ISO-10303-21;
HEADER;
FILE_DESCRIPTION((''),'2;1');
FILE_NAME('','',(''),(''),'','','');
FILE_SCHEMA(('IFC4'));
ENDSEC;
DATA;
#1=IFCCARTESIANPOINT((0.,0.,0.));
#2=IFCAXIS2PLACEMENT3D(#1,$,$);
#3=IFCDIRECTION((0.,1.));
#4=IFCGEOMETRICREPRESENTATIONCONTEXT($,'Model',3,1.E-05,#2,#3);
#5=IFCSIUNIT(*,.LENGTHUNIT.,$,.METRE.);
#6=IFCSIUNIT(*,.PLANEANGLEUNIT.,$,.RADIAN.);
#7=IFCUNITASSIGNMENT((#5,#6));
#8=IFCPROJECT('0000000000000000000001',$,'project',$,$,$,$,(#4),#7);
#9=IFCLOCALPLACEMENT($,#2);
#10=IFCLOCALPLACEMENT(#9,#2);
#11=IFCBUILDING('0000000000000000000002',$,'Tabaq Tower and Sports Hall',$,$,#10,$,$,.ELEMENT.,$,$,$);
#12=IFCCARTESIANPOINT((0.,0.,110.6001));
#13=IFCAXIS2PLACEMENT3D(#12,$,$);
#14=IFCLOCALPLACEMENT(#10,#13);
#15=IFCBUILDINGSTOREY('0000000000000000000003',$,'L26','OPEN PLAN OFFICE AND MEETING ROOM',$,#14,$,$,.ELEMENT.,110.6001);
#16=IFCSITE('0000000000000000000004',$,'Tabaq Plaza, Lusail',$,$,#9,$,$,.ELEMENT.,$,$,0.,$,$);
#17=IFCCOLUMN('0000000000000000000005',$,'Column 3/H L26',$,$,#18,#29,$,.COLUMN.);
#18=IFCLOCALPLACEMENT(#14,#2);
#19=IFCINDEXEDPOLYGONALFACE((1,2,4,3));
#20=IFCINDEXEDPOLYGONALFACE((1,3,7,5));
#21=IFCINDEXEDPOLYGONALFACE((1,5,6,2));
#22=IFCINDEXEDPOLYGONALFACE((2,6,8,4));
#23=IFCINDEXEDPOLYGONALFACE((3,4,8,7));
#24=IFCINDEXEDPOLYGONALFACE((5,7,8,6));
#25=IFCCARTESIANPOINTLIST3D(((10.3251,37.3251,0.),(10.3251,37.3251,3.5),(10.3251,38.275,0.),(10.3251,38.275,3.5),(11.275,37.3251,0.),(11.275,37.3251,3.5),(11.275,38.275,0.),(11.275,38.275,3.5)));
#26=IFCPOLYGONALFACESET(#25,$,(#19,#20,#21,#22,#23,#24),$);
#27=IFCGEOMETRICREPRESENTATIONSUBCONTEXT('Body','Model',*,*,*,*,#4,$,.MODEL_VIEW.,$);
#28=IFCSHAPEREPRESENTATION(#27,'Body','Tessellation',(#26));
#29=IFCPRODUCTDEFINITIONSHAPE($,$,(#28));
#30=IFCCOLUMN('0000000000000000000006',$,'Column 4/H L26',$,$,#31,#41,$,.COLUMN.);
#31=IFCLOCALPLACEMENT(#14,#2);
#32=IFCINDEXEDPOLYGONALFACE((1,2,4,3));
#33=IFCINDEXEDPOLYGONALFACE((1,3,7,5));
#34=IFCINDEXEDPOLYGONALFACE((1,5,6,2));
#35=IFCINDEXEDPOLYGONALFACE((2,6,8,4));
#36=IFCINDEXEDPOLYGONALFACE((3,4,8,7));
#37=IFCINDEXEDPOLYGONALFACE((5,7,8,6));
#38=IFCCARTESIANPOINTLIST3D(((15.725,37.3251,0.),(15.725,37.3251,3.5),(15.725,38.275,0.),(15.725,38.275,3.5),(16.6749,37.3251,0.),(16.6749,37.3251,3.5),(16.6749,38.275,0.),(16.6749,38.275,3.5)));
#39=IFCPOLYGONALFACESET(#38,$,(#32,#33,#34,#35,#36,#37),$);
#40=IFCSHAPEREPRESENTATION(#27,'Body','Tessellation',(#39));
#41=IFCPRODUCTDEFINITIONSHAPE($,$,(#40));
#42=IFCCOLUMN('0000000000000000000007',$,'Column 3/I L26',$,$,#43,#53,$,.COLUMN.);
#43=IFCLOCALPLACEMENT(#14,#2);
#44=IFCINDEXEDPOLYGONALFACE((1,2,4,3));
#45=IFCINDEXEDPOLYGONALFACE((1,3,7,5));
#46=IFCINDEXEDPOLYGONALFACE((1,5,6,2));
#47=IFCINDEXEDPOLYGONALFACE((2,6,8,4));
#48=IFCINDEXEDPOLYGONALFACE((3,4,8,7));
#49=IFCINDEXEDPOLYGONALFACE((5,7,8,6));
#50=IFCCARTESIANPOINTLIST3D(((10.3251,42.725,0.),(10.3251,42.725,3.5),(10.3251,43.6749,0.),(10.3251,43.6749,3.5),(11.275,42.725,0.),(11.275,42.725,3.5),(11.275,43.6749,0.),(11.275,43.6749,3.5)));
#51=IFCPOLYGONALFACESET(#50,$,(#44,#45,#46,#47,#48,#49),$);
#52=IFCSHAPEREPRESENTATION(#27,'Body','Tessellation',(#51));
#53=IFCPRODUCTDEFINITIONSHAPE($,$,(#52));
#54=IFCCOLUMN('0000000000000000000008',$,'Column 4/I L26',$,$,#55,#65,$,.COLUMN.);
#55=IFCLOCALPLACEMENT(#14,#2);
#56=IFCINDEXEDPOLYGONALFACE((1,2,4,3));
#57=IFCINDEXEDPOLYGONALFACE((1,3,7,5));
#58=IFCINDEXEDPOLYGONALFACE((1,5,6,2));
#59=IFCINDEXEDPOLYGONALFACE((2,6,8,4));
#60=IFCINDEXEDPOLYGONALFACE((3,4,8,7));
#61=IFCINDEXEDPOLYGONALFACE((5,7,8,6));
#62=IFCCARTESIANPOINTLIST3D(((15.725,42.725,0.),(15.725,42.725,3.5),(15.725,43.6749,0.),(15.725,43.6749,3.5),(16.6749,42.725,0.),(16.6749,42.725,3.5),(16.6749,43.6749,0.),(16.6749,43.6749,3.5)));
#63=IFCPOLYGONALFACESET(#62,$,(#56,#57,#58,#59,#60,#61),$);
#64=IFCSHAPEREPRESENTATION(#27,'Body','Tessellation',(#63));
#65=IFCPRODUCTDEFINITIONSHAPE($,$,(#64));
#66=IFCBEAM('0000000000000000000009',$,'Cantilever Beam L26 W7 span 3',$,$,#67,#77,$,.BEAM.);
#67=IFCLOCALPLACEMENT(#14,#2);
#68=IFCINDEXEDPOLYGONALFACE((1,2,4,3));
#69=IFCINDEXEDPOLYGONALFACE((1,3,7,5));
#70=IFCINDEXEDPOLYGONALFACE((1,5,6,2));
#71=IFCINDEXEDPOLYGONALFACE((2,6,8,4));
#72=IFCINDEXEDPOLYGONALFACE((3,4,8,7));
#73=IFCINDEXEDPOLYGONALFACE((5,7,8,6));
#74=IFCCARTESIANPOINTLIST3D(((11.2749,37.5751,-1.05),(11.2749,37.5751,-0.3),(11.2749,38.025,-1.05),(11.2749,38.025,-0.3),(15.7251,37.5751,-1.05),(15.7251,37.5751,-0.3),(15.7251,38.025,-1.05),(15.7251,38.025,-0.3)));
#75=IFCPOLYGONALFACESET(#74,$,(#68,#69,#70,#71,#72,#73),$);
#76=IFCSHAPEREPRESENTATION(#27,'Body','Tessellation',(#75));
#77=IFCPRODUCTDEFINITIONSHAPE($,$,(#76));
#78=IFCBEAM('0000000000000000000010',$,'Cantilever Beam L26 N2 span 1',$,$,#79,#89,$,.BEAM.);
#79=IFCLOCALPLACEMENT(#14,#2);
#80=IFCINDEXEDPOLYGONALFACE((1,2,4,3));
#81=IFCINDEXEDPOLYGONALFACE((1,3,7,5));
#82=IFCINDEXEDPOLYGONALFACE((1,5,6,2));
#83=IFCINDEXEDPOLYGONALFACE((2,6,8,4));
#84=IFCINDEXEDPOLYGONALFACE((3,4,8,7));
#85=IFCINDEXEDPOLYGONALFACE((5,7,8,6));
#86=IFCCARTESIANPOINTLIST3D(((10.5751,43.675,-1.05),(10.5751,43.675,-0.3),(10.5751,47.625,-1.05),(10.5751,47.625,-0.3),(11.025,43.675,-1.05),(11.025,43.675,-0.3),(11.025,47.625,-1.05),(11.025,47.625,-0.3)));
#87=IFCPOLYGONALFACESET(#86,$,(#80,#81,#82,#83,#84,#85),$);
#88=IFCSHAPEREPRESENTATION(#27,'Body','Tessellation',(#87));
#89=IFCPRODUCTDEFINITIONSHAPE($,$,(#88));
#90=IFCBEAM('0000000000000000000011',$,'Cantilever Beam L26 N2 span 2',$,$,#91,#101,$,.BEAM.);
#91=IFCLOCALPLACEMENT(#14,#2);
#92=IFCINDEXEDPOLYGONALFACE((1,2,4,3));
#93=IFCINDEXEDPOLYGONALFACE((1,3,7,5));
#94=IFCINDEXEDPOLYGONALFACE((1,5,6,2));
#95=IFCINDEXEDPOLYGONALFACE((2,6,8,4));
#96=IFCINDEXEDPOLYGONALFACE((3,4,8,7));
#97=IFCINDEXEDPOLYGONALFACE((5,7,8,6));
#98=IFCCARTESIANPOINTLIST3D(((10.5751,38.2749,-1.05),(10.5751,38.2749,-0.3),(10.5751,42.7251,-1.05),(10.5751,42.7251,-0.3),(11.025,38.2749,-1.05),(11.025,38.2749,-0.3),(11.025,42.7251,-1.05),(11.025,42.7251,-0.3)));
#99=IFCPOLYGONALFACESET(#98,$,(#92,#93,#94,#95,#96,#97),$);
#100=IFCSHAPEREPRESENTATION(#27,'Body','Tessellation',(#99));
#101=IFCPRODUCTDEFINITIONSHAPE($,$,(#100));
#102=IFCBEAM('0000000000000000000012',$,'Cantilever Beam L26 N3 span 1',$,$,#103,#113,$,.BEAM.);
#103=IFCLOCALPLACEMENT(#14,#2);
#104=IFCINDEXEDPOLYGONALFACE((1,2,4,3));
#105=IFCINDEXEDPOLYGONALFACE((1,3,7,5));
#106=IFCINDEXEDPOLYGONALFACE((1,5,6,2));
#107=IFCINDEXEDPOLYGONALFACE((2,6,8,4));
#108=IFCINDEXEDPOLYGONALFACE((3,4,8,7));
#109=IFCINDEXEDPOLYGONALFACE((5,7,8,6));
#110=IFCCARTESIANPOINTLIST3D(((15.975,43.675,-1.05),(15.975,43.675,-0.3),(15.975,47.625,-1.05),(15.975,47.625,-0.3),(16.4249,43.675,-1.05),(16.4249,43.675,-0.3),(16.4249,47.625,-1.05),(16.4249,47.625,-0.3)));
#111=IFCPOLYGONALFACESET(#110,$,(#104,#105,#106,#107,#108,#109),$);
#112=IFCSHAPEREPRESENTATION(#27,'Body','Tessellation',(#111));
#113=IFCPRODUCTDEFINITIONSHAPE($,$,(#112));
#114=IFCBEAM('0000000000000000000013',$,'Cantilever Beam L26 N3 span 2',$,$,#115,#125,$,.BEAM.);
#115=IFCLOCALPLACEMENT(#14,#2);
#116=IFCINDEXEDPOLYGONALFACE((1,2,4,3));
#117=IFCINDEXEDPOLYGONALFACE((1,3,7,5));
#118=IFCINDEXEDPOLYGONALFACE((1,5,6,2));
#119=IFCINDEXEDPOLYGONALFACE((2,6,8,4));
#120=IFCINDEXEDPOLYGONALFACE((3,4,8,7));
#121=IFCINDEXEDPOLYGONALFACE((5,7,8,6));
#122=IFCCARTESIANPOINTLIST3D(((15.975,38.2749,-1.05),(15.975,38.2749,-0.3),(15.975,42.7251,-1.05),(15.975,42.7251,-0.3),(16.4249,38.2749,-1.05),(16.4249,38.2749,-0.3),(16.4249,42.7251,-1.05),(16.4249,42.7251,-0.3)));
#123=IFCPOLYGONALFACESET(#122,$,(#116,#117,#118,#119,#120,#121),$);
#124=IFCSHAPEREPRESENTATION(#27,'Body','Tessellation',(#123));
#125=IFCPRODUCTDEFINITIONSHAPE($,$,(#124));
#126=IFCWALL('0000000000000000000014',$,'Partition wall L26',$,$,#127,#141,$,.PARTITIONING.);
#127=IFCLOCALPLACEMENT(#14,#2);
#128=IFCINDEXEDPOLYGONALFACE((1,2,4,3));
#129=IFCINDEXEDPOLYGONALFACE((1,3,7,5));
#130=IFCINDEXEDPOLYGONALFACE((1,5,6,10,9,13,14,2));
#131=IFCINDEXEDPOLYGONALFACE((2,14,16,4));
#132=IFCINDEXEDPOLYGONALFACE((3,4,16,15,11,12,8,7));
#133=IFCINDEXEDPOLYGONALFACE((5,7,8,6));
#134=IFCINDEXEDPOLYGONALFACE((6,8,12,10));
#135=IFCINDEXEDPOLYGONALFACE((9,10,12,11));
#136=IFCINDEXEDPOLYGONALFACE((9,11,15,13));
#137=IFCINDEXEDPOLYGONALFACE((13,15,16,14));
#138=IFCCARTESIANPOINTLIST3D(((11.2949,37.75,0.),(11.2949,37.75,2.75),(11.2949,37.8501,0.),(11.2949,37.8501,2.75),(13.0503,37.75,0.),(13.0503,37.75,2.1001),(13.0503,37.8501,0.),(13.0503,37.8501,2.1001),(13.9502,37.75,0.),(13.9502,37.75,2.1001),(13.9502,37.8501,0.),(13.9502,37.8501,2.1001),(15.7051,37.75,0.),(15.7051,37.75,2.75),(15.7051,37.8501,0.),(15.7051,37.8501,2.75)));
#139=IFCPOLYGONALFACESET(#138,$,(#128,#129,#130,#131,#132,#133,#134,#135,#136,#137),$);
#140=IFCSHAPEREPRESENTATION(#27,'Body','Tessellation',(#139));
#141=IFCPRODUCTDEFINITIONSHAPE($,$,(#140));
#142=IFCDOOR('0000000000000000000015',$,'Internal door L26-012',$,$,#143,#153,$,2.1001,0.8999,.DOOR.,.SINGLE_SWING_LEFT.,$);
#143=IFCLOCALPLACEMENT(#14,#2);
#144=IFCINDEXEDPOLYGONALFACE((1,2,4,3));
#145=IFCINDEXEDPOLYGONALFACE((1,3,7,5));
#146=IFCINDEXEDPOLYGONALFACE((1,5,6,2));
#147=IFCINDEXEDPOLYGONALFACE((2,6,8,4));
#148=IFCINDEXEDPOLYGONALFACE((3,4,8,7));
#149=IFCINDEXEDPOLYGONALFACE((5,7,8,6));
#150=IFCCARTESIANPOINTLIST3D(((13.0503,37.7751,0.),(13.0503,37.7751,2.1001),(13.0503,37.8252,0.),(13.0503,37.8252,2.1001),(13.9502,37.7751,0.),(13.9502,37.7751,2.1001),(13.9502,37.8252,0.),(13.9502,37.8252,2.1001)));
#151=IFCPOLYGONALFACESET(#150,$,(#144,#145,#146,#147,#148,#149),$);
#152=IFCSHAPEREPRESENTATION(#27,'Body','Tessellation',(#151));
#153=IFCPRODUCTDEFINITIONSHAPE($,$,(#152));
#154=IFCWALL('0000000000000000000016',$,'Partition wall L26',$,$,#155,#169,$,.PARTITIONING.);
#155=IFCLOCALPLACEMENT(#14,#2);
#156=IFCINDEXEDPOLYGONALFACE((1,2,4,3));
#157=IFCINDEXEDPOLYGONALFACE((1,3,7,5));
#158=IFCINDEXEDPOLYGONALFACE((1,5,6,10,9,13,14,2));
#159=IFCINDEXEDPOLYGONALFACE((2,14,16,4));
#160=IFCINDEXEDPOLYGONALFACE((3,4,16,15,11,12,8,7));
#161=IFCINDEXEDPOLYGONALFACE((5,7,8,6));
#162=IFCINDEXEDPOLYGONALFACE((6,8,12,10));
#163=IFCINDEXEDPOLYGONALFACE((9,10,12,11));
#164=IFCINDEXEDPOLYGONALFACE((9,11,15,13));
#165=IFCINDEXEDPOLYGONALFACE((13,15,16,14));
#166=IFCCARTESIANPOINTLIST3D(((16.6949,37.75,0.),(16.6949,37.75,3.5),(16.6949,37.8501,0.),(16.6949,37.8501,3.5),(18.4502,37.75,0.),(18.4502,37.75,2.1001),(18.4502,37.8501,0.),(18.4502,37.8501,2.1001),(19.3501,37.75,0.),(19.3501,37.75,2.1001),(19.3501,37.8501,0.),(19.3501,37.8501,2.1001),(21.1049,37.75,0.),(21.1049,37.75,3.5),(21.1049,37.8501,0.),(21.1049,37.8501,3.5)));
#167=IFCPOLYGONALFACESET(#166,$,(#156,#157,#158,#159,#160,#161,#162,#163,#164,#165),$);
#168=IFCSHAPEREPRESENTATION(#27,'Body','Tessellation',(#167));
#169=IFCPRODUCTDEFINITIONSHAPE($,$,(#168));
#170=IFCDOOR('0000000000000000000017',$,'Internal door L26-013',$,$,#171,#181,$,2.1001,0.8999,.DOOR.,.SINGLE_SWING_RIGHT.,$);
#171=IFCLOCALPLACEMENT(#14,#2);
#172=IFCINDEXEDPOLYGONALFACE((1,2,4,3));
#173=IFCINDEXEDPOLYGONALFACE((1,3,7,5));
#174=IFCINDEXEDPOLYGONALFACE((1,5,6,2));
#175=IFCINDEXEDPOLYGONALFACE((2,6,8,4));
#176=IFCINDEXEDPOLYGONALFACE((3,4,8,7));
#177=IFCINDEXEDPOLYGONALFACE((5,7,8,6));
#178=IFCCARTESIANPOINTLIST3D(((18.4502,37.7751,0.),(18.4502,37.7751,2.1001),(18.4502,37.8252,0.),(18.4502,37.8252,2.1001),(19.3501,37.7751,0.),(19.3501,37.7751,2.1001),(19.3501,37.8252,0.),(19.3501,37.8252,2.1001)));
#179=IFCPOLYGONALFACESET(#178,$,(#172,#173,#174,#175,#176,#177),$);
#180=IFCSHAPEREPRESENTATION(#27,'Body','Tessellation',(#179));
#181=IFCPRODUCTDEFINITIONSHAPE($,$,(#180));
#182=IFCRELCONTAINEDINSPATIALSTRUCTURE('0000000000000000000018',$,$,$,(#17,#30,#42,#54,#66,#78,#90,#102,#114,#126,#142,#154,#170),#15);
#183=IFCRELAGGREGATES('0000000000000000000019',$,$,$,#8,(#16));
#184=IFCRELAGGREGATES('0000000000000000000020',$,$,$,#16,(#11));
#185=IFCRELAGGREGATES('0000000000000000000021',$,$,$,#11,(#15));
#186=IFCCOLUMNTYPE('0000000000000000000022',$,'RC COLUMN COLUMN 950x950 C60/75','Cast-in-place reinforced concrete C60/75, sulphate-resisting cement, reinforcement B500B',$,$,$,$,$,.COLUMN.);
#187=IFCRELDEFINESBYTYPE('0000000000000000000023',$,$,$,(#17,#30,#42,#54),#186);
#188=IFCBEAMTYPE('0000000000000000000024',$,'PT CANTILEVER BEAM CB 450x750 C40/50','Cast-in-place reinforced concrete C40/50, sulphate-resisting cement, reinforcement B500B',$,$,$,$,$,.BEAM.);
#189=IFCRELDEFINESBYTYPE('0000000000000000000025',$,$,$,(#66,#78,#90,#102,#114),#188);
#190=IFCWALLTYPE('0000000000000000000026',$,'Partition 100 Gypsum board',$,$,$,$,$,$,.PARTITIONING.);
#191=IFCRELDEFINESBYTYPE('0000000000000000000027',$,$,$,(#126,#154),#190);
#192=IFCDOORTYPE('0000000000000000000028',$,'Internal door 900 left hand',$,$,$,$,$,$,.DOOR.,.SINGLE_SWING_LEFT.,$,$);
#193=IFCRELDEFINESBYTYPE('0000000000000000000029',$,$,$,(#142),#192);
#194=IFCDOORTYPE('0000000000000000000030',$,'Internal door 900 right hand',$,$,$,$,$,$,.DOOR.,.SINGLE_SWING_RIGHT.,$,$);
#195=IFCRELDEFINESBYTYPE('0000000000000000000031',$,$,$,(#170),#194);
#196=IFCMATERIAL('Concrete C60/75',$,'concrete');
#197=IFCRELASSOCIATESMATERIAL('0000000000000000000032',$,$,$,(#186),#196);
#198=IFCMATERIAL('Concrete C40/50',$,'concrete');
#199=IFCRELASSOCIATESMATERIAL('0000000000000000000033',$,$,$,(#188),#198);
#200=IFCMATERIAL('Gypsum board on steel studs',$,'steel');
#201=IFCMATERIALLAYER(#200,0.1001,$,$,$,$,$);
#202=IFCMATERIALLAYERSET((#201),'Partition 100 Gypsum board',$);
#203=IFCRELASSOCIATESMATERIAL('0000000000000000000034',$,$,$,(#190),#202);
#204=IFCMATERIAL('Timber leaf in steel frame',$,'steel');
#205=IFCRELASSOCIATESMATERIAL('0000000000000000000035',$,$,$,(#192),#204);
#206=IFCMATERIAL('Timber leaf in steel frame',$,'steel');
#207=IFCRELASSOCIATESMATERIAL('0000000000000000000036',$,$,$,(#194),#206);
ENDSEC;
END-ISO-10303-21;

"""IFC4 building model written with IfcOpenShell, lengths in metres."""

from ifc_helpers import new_model, si_unit, direction, frame, frame_2d, origin, origin_2d, place, context, subcontext, project, spatial, rectangle, extrude, material, layer, layer_set, material_profile, profile_set, type_object, element, fill, save


model = new_model("IFC4")

# Units and contexts
model_context = context("Model", 3, precision=1e-05, world=origin(), true_north=direction((0.0, 1.0)))
body_context = subcontext(model_context, "Body", "Model", "MODEL_VIEW")
ifc_project = project(units=[si_unit("LENGTHUNIT", "METRE"), si_unit("PLANEANGLEUNIT", "RADIAN")], contexts=[model_context])

# Site, building, storey
site_placement = place(None, origin())
site = spatial("IfcSite", under=ifc_project, at=site_placement, Name="Tabaq Plaza, Lusail", CompositionType="ELEMENT", RefElevation=0.0)
building_placement = place(site_placement, origin())
building = spatial("IfcBuilding", under=site, at=building_placement, Name="Tabaq Tower and Sports Hall", CompositionType="ELEMENT")
storey_placement = place(building_placement, frame((0.0, 0.0, 110.6001)))
storey = spatial("IfcBuildingStorey", under=building, at=storey_placement, Name="L26", Description="OPEN PLAN OFFICE AND MEETING ROOM", CompositionType="ELEMENT", Elevation=110.6001)

# Columns
ifc_material_1 = material(Name="Concrete C60/75", Category="concrete")
ifc_material_profile_1 = material_profile(ifc_material_1, rectangle(XDim=0.95, YDim=0.95, at=origin_2d()), Name="COLUMN 950x950")
ifc_profile_set_1 = profile_set([ifc_material_profile_1], Name="Concrete C60/75")
column_type = type_object("IfcColumnType", Name="RC COLUMN COLUMN 950x950 C60/75", Description="Cast-in-place reinforced concrete C60/75, sulphate-resisting cement, reinforcement B500B", PredefinedType="COLUMN", material=ifc_profile_set_1)
for number, where, z_axis, x_axis, name in (
    (1, (10.8, 37.8, 0.0), (0.0, 0.0, 1.0), (1.0, 0.0, 0.0), "Column 3/H L26"),
    (2, (16.2, 37.8, 0.0), (0.0, 0.0, 1.0), (1.0, 0.0, 0.0), "Column 4/H L26"),
    (3, (10.8, 43.2, 0.0), (0.0, 0.0, 1.0), (1.0, 0.0, 0.0), "Column 3/I L26"),
    (4, (16.2, 43.2, 0.0), (0.0, 0.0, 1.0), (1.0, 0.0, 0.0), "Column 4/I L26"),
):
    element("IfcColumn", number, at=place(storey_placement, frame(where, z_axis=z_axis, x_axis=x_axis)), inside=storey, type_object=column_type, Name=name, PredefinedType="COLUMN", context=body_context, shape_type="SweptSolid", body=[
        extrude(rectangle(XDim=0.95, YDim=0.95, at=origin_2d()), origin(), (0.0, 0.0, 1.0), 3.5),
    ])

# Beams
ifc_material_2 = material(Name="Concrete C40/50", Category="concrete")
ifc_material_profile_2 = material_profile(ifc_material_2, rectangle(XDim=0.45, YDim=0.75, at=origin_2d()), Name="CB 450x750")
ifc_profile_set_2 = profile_set([ifc_material_profile_2], Name="Concrete C40/50")
beam_type = type_object("IfcBeamType", Name="PT CANTILEVER BEAM CB 450x750 C40/50", Description="Cast-in-place reinforced concrete C40/50, sulphate-resisting cement, reinforcement B500B", PredefinedType="BEAM", material=ifc_profile_set_2)
beam_1_placement = place(storey_placement, frame((11.2749, 37.8, -0.675), z_axis=(1.0, 0.0, 0.0), x_axis=(0.0, 1.0, 0.0)))
element("IfcBeam", 5, at=beam_1_placement, inside=storey, type_object=beam_type, Name="Cantilever Beam L26 W7 span 3", PredefinedType="BEAM", context=body_context, shape_type="SweptSolid", body=[
    extrude(rectangle(XDim=0.45, YDim=0.75, at=origin_2d()), origin(), (0.0, 0.0, 1.0), 4.4502),
])
beam_2_placement = place(storey_placement, frame((10.8, 47.625, -0.675), z_axis=(0.0, -1.0, 0.0), x_axis=(1.0, 0.0, 0.0)))
element("IfcBeam", 6, at=beam_2_placement, inside=storey, type_object=beam_type, Name="Cantilever Beam L26 N2 span 1", PredefinedType="BEAM", context=body_context, shape_type="SweptSolid", body=[
    extrude(rectangle(XDim=0.45, YDim=0.75, at=origin_2d()), origin(), (0.0, 0.0, 1.0), 3.95),
])
beam_3_placement = place(storey_placement, frame((10.8, 42.7251, -0.675), z_axis=(0.0, -1.0, 0.0), x_axis=(1.0, 0.0, 0.0)))
element("IfcBeam", 7, at=beam_3_placement, inside=storey, type_object=beam_type, Name="Cantilever Beam L26 N2 span 2", PredefinedType="BEAM", context=body_context, shape_type="SweptSolid", body=[
    extrude(rectangle(XDim=0.45, YDim=0.75, at=origin_2d()), origin(), (0.0, 0.0, 1.0), 4.4502),
])
beam_4_placement = place(storey_placement, frame((16.2, 47.625, -0.675), z_axis=(0.0, -1.0, 0.0), x_axis=(1.0, 0.0, 0.0)))
element("IfcBeam", 8, at=beam_4_placement, inside=storey, type_object=beam_type, Name="Cantilever Beam L26 N3 span 1", PredefinedType="BEAM", context=body_context, shape_type="SweptSolid", body=[
    extrude(rectangle(XDim=0.45, YDim=0.75, at=origin_2d()), origin(), (0.0, 0.0, 1.0), 3.95),
])
beam_5_placement = place(storey_placement, frame((16.2, 42.7251, -0.675), z_axis=(0.0, -1.0, 0.0), x_axis=(1.0, 0.0, 0.0)))
element("IfcBeam", 9, at=beam_5_placement, inside=storey, type_object=beam_type, Name="Cantilever Beam L26 N3 span 2", PredefinedType="BEAM", context=body_context, shape_type="SweptSolid", body=[
    extrude(rectangle(XDim=0.45, YDim=0.75, at=origin_2d()), origin(), (0.0, 0.0, 1.0), 4.4502),
])

# Walls, openings, doors
ifc_material_3 = material(Name="Gypsum board on steel studs", Category="steel")
ifc_layer_1 = layer(ifc_material_3, 0.1001)
ifc_layer_set_1 = layer_set([ifc_layer_1], Name="Partition 100 Gypsum board")
wall_type = type_object("IfcWallType", Name="Partition 100 Gypsum board", PredefinedType="PARTITIONING", material=ifc_layer_set_1)
wall_1_placement = place(storey_placement, frame((15.7051, 37.8, 0.0), z_axis=(0.0, 0.0, 1.0), x_axis=(-1.0, 0.0, 0.0)))
wall_1 = element("IfcWall", 10, at=wall_1_placement, inside=storey, type_object=wall_type, Name="Partition wall L26", PredefinedType="PARTITIONING", context=body_context, shape_type="SweptSolid", body=[
    extrude(rectangle(XDim=4.4102, YDim=0.1001, at=frame_2d((2.2051, 0.0))), origin(), (0.0, 0.0, 1.0), 2.75),
])
opening_1_placement = place(wall_1_placement, frame((1.7549, 0.0, 0.0)))
opening_1 = element("IfcOpeningElement", 11, at=opening_1_placement, cuts=wall_1, PredefinedType="OPENING", context=body_context, shape_type="SweptSolid", body=[
    extrude(rectangle(XDim=0.8999, YDim=2.1001, at=frame_2d((0.45, 1.05))), frame((0.0, 0.05, 0.0), z_axis=(0.0, -1.0, 0.0), x_axis=(1.0, 0.0, 0.0)), (0.0, 0.0, 1.0), 0.1001),
])
ifc_material_4 = material(Name="Timber leaf in steel frame", Category="steel")
door_type_1 = type_object("IfcDoorType", Name="Internal door 900 left hand", OperationType="SINGLE_SWING_LEFT", PredefinedType="DOOR", material=ifc_material_4)
door_1_placement = place(opening_1_placement, origin())
door_1 = element("IfcDoor", 12, at=door_1_placement, inside=storey, type_object=door_type_1, Name="Internal door L26-012", OperationType="SINGLE_SWING_LEFT", OverallHeight=2.1001, OverallWidth=0.8999, PredefinedType="DOOR", context=body_context, shape_type="SweptSolid", body=[
    extrude(rectangle(XDim=0.8999, YDim=2.1001, at=frame_2d((0.45, 1.05))), frame((0.0, 0.0249, 0.0), z_axis=(0.0, -1.0, 0.0), x_axis=(1.0, 0.0, 0.0)), (0.0, 0.0, 1.0), 0.05),
])
fill(opening_1, door_1)
wall_2_placement = place(storey_placement, frame((21.105, 37.8, 0.0), z_axis=(0.0, 0.0, 1.0), x_axis=(-1.0, 0.0, 0.0)))
wall_2 = element("IfcWall", 13, at=wall_2_placement, inside=storey, type_object=wall_type, Name="Partition wall L26", PredefinedType="PARTITIONING", context=body_context, shape_type="SweptSolid", body=[
    extrude(rectangle(XDim=4.4099, YDim=0.1001, at=frame_2d((2.2051, 0.0))), origin(), (0.0, 0.0, 1.0), 3.5),
])
opening_2_placement = place(wall_2_placement, frame((1.7549, 0.0, 0.0)))
opening_2 = element("IfcOpeningElement", 14, at=opening_2_placement, cuts=wall_2, PredefinedType="OPENING", context=body_context, shape_type="SweptSolid", body=[
    extrude(rectangle(XDim=0.8999, YDim=2.1001, at=frame_2d((0.45, 1.05))), frame((0.0, 0.05, 0.0), z_axis=(0.0, -1.0, 0.0), x_axis=(1.0, 0.0, 0.0)), (0.0, 0.0, 1.0), 0.1001),
])
ifc_material_5 = material(Name="Timber leaf in steel frame", Category="steel")
door_type_2 = type_object("IfcDoorType", Name="Internal door 900 right hand", OperationType="SINGLE_SWING_RIGHT", PredefinedType="DOOR", material=ifc_material_5)
door_2_placement = place(opening_2_placement, origin())
door_2 = element("IfcDoor", 15, at=door_2_placement, inside=storey, type_object=door_type_2, Name="Internal door L26-013", OperationType="SINGLE_SWING_RIGHT", OverallHeight=2.1001, OverallWidth=0.8999, PredefinedType="DOOR", context=body_context, shape_type="SweptSolid", body=[
    extrude(rectangle(XDim=0.8999, YDim=2.1001, at=frame_2d((0.45, 1.05))), frame((0.0, 0.0249, 0.0), z_axis=(0.0, -1.0, 0.0), x_axis=(1.0, 0.0, 0.0)), (0.0, 0.0, 1.0), 0.05),
])
fill(opening_2, door_2)

save(model, "model.ifc")
